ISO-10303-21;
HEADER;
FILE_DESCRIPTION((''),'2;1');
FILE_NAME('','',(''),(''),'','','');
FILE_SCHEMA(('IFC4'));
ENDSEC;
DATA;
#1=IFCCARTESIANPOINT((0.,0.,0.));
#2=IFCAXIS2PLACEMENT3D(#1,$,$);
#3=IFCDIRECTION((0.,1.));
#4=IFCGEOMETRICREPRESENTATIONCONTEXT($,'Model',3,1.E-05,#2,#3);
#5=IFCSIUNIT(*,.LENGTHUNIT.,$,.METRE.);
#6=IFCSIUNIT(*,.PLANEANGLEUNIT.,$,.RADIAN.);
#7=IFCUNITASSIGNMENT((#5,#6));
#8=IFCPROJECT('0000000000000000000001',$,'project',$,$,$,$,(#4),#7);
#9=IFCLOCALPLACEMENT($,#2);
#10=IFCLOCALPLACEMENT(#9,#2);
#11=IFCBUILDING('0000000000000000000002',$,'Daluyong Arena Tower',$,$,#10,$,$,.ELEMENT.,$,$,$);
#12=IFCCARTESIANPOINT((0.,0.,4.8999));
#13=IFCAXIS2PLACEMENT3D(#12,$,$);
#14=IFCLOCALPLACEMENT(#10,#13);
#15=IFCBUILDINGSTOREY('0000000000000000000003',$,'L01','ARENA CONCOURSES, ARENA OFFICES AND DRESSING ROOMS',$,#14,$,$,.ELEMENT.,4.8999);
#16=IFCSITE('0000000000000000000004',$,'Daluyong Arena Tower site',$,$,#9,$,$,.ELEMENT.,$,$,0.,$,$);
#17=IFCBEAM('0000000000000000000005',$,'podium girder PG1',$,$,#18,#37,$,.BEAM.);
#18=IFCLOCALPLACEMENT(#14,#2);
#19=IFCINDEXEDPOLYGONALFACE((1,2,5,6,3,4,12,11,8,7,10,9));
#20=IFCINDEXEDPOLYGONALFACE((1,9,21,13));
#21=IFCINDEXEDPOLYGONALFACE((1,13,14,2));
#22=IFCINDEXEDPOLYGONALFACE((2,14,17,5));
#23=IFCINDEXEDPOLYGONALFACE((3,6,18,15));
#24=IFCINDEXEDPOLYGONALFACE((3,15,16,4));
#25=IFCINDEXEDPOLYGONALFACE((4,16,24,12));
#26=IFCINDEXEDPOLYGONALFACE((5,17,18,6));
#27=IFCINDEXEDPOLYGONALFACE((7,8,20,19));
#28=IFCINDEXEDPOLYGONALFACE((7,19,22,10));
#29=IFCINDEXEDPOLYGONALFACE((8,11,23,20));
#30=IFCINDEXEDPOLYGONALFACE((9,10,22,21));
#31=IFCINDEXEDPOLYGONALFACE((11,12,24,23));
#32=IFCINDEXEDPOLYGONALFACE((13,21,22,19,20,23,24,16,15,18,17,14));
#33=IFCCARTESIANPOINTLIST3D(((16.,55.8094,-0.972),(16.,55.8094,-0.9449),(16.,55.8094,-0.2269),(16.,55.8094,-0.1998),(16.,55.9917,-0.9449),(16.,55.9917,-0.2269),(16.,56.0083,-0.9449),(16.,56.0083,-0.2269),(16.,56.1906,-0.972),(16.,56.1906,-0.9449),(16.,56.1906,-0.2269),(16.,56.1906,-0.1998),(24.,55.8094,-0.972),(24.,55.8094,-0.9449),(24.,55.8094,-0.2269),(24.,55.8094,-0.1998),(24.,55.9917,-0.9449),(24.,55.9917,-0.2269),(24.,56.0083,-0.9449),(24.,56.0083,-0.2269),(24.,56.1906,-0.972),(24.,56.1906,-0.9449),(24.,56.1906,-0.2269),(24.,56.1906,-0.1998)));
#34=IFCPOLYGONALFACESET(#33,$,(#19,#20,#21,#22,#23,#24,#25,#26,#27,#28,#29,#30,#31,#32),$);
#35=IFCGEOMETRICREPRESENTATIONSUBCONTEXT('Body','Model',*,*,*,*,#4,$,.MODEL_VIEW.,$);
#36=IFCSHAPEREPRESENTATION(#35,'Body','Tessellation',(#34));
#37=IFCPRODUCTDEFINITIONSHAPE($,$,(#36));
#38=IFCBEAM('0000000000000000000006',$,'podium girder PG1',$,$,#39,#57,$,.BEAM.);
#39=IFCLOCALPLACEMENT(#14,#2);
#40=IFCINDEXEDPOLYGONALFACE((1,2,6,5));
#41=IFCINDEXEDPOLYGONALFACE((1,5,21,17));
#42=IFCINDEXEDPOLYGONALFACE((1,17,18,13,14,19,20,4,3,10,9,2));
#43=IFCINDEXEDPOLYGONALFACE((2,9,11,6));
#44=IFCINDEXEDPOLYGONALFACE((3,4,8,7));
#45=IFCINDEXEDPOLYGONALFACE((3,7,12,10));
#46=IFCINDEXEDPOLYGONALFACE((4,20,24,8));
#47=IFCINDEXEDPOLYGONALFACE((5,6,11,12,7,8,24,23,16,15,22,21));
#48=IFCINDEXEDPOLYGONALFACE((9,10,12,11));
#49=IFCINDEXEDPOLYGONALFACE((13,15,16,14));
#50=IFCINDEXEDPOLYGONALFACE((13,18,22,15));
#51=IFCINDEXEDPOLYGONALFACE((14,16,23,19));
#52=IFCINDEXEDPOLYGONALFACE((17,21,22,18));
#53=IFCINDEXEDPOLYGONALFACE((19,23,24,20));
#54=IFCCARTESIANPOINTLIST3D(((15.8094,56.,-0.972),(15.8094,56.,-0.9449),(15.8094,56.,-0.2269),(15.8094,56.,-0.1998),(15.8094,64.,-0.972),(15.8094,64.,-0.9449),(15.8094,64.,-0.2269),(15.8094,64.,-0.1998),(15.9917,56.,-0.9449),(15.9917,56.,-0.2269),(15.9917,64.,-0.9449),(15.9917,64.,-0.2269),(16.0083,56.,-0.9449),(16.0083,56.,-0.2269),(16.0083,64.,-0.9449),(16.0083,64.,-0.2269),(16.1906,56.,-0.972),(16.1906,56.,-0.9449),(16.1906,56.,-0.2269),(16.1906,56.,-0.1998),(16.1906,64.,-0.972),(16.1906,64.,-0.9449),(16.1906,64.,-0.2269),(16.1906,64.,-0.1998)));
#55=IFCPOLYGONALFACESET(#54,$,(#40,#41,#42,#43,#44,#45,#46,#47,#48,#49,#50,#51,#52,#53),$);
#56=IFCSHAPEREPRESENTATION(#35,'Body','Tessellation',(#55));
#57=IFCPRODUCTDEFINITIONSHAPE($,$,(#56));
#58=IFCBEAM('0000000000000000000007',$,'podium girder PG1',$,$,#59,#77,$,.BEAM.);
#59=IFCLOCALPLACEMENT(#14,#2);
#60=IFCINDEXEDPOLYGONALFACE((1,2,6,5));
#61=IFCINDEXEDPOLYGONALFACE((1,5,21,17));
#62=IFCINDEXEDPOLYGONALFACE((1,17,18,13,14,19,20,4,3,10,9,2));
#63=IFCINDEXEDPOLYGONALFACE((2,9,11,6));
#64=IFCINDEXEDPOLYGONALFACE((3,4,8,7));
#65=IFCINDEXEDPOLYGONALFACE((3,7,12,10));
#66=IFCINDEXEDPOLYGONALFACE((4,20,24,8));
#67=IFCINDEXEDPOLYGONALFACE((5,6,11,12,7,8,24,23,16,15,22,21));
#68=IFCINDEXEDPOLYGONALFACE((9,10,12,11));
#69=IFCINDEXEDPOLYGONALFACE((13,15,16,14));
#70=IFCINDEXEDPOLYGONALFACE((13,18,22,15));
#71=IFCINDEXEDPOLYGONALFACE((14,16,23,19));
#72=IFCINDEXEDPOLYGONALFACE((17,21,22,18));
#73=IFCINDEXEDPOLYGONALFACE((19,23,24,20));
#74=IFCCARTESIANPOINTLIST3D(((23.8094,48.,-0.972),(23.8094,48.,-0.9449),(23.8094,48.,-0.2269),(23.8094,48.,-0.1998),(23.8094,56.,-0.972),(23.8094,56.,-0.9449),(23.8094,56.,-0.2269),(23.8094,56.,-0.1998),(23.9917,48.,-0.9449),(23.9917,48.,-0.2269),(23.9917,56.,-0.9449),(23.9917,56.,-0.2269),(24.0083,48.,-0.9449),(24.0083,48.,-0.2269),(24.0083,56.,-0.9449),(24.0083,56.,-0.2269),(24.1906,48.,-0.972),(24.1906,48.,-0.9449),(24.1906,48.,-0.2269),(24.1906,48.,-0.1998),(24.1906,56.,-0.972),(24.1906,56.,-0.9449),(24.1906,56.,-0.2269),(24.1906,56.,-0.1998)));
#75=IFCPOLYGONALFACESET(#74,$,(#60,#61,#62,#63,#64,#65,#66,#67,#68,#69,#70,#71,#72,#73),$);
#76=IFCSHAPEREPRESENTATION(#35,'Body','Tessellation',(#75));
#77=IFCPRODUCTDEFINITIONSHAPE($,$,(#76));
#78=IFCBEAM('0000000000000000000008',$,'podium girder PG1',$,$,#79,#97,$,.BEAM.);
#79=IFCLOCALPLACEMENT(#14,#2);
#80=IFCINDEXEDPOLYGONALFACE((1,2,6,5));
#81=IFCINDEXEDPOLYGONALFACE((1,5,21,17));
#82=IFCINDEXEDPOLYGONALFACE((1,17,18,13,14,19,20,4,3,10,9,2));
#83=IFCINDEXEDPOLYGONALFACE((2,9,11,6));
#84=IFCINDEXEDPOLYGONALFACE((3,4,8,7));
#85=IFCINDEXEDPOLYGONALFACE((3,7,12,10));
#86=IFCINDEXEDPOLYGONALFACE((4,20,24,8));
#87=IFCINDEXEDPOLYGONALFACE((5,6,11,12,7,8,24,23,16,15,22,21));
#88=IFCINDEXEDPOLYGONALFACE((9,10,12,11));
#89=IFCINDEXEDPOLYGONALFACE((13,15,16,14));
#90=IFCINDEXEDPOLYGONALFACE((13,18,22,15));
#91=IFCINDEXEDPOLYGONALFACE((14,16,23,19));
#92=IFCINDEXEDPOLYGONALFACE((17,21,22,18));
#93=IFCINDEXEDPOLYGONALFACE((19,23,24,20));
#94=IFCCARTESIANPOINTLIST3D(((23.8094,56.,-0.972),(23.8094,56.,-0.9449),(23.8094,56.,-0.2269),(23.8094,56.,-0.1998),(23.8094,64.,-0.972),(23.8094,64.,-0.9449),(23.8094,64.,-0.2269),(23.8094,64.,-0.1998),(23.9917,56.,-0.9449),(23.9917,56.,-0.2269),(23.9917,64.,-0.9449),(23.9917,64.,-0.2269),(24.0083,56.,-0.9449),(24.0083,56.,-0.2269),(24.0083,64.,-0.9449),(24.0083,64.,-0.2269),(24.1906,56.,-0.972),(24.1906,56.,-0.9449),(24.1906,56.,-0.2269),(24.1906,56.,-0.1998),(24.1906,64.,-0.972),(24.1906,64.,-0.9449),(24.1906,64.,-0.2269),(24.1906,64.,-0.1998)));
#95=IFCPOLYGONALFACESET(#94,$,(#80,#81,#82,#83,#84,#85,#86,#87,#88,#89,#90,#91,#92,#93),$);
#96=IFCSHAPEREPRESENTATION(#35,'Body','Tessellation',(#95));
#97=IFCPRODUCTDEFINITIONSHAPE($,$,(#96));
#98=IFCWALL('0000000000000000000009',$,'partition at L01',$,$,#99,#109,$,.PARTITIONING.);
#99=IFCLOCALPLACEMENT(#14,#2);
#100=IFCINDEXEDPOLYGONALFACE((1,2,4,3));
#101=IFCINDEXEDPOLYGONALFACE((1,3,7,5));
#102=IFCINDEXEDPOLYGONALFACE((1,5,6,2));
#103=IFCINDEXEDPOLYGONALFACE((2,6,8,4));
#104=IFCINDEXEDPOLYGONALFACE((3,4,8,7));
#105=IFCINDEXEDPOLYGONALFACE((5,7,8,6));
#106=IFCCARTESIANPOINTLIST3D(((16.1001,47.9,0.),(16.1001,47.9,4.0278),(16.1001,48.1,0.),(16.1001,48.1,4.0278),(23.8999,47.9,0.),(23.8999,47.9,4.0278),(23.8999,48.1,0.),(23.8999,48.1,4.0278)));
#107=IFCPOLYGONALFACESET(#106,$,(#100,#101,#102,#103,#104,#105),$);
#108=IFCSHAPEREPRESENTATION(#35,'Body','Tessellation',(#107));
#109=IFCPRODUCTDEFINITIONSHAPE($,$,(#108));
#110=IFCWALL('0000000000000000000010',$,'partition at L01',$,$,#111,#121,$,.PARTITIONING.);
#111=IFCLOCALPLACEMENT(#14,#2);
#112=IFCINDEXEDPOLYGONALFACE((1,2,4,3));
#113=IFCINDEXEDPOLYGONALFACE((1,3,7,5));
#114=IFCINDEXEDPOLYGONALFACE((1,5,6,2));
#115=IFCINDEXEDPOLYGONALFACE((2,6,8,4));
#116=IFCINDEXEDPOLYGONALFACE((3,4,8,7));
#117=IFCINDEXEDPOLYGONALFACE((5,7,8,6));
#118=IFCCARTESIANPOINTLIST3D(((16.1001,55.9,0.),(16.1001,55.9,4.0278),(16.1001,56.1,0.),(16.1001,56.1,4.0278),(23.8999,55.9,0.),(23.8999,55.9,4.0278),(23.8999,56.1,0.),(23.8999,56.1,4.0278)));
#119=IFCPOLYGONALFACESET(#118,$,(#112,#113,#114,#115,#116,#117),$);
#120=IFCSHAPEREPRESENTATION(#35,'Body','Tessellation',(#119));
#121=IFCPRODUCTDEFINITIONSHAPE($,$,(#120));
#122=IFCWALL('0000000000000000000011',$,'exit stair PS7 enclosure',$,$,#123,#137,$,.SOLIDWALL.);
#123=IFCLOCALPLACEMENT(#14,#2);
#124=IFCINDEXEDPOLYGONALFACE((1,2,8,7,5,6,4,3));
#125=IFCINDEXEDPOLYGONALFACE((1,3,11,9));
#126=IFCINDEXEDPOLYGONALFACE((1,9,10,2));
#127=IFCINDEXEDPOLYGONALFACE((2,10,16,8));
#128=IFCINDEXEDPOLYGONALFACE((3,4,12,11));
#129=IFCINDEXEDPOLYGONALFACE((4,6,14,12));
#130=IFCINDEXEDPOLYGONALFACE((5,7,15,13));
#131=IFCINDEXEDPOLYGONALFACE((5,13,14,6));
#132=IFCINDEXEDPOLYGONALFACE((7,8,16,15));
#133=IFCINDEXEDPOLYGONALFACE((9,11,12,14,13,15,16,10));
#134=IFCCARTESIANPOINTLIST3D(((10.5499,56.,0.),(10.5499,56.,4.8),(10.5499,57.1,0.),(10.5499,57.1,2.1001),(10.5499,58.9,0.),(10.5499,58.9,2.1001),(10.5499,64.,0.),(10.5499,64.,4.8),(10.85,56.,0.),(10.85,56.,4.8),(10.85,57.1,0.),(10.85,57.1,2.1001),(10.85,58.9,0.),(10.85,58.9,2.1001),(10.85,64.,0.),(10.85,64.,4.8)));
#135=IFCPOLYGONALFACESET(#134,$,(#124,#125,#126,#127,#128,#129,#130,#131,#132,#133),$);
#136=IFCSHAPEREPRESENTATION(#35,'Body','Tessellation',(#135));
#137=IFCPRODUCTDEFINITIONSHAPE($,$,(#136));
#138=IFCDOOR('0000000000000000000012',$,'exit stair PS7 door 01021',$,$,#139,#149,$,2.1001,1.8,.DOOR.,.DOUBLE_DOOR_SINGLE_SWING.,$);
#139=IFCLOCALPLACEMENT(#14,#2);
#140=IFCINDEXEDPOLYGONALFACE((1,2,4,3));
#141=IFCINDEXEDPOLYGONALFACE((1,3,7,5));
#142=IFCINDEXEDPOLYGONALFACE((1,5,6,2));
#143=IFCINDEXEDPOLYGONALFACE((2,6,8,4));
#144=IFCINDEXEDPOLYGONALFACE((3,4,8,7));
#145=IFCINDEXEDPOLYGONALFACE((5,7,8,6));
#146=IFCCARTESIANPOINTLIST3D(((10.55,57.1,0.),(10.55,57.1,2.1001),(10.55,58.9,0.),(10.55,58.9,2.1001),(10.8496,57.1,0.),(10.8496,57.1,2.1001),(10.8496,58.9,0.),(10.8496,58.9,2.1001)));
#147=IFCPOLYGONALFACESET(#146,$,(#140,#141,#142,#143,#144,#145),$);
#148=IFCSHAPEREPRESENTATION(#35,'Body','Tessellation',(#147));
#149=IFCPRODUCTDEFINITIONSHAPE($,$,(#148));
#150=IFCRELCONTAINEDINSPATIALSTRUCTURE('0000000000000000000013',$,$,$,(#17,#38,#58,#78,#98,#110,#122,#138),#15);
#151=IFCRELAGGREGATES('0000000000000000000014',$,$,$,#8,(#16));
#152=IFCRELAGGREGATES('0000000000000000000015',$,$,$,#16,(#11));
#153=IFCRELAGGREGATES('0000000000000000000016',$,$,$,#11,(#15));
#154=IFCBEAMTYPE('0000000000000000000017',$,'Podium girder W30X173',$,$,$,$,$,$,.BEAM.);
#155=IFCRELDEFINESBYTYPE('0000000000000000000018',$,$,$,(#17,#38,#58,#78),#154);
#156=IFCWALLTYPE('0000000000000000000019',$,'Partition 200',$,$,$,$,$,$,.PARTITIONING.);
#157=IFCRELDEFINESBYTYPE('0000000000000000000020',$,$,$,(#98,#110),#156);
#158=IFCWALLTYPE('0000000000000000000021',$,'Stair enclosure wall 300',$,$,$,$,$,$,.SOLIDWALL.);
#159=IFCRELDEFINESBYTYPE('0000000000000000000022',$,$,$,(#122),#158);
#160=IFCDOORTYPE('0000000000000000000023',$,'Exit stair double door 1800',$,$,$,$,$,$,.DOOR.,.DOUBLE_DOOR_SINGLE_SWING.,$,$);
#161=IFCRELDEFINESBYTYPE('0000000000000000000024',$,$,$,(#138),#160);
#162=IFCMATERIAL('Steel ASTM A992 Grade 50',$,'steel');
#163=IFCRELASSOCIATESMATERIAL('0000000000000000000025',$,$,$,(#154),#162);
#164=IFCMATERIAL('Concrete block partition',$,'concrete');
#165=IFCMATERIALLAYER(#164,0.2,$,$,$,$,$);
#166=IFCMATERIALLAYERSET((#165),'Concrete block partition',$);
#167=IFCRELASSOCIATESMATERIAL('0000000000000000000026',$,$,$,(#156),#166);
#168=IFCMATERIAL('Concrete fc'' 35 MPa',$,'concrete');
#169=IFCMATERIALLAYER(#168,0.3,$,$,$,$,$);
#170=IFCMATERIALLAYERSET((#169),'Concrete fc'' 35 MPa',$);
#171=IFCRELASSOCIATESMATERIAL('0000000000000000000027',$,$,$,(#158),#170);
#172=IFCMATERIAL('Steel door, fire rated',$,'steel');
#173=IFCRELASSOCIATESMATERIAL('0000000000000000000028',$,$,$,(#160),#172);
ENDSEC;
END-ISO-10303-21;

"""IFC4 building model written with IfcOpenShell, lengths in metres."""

from ifc_helpers import new_model, si_unit, direction, frame, frame_2d, origin, origin_2d, place, context, subcontext, project, spatial, rectangle, i_section, extrude, material, layer, layer_set, material_profile, profile_set, type_object, element, fill, save


model = new_model("IFC4")

# Units and contexts
model_context = context("Model", 3, precision=1e-05, world=origin(), true_north=direction((0.0, 1.0)))
body_context = subcontext(model_context, "Body", "Model", "MODEL_VIEW")
ifc_project = project(units=[si_unit("LENGTHUNIT", "METRE"), si_unit("PLANEANGLEUNIT", "RADIAN")], contexts=[model_context])

# Site, building, storey
site_placement = place(None, origin())
site = spatial("IfcSite", under=ifc_project, at=site_placement, Name="Daluyong Arena Tower site", CompositionType="ELEMENT", RefElevation=0.0)
building_placement = place(site_placement, origin())
building = spatial("IfcBuilding", under=site, at=building_placement, Name="Daluyong Arena Tower", CompositionType="ELEMENT")
storey_placement = place(building_placement, frame((0.0, 0.0, 4.8999)))
storey = spatial("IfcBuildingStorey", under=building, at=storey_placement, Name="L01", Description="ARENA CONCOURSES, ARENA OFFICES AND DRESSING ROOMS", CompositionType="ELEMENT", Elevation=4.8999)

# Beams
ifc_material_1 = material(Name="Steel ASTM A992 Grade 50", Category="steel")
ifc_material_profile_1 = material_profile(ifc_material_1, i_section(OverallWidth=0.3811, OverallDepth=0.7722, WebThickness=0.0166, FlangeThickness=0.0271, at=origin_2d()))
ifc_profile_set_1 = profile_set([ifc_material_profile_1], Name="Steel ASTM A992 Grade 50")
beam_type_1 = type_object("IfcBeamType", Name="Podium girder W30X173", PredefinedType="BEAM", material=ifc_profile_set_1)
for number, where, z_axis, x_axis, name in (
    (1, (16.0, 56.0, -0.5859), (1.0, 0.0, 0.0), (0.0, 1.0, 0.0), "podium girder PG1"),
    (2, (16.0, 56.0, -0.5859), (0.0, 1.0, 0.0), (-1.0, 0.0, 0.0), "podium girder PG1"),
    (3, (24.0, 48.0, -0.5859), (0.0, 1.0, 0.0), (-1.0, 0.0, 0.0), "podium girder PG1"),
    (4, (24.0, 56.0, -0.5859), (0.0, 1.0, 0.0), (-1.0, 0.0, 0.0), "podium girder PG1"),
):
    element("IfcBeam", number, at=place(storey_placement, frame(where, z_axis=z_axis, x_axis=x_axis)), inside=storey, type_object=beam_type_1, Name=name, PredefinedType="BEAM", context=body_context, shape_type="SweptSolid", body=[
        extrude(i_section(OverallWidth=0.3811, OverallDepth=0.7722, WebThickness=0.0166, FlangeThickness=0.0271, at=origin_2d()), origin(), (0.0, 0.0, 1.0), 8.0),
    ])

# Walls
ifc_material_2 = material(Name="Concrete block partition", Category="concrete")
ifc_layer_1 = layer(ifc_material_2, 0.2)
ifc_layer_set_1 = layer_set([ifc_layer_1], Name="Concrete block partition")
wall_type_1 = type_object("IfcWallType", Name="Partition 200", PredefinedType="PARTITIONING", material=ifc_layer_set_1)
for number, where, z_axis, x_axis, name in (
    (5, (16.1001, 48.0, 0.0), (0.0, 0.0, 1.0), (1.0, 0.0, 0.0), "partition at L01"),
    (6, (16.1001, 56.0, 0.0), (0.0, 0.0, 1.0), (1.0, 0.0, 0.0), "partition at L01"),
):
    element("IfcWall", number, at=place(storey_placement, frame(where, z_axis=z_axis, x_axis=x_axis)), inside=storey, type_object=wall_type_1, Name=name, PredefinedType="PARTITIONING", context=body_context, shape_type="SweptSolid", body=[
        extrude(rectangle(XDim=7.7998, YDim=0.2, at=frame_2d((3.8999, 0.0))), origin(), (0.0, 0.0, 1.0), 4.0278),
    ])

# Wall, opening, door
ifc_material_3 = material(Name="Concrete fc' 35 MPa", Category="concrete")
ifc_layer_2 = layer(ifc_material_3, 0.3)
ifc_layer_set_2 = layer_set([ifc_layer_2], Name="Concrete fc' 35 MPa")
wall_type_2 = type_object("IfcWallType", Name="Stair enclosure wall 300", PredefinedType="SOLIDWALL", material=ifc_layer_set_2)
wall_placement = place(storey_placement, frame((10.7, 56.0, 0.0), z_axis=(0.0, 0.0, 1.0), x_axis=(0.0, 1.0, 0.0)))
wall = element("IfcWall", 7, at=wall_placement, inside=storey, type_object=wall_type_2, Name="exit stair PS7 enclosure", PredefinedType="SOLIDWALL", context=body_context, shape_type="SweptSolid", body=[
    extrude(rectangle(XDim=8.0, YDim=0.3, at=frame_2d((4.0, 0.0))), origin(), (0.0, 0.0, 1.0), 4.8),
])
opening_placement = place(wall_placement, frame((1.1001, 0.0, 0.0)))
opening = element("IfcOpeningElement", 8, at=opening_placement, cuts=wall, PredefinedType="OPENING", context=body_context, shape_type="SweptSolid", body=[
    extrude(rectangle(XDim=1.8, YDim=2.1001, at=frame_2d((0.8999, 1.05))), frame((0.0, 0.1599, 0.0), z_axis=(0.0, -1.0, 0.0), x_axis=(1.0, 0.0, 0.0)), (0.0, 0.0, 1.0), 0.3201),
])
ifc_material_4 = material(Name="Steel door, fire rated", Category="steel")
door_type = type_object("IfcDoorType", Name="Exit stair double door 1800", OperationType="DOUBLE_DOOR_SINGLE_SWING", PredefinedType="DOOR", material=ifc_material_4)
door_placement = place(opening_placement, origin())
door = element("IfcDoor", 9, at=door_placement, inside=storey, type_object=door_type, Name="exit stair PS7 door 01021", OperationType="DOUBLE_DOOR_SINGLE_SWING", OverallHeight=2.1001, OverallWidth=1.8, PredefinedType="DOOR", context=body_context, shape_type="SweptSolid", body=[
    extrude(rectangle(XDim=1.8, YDim=2.1001, at=frame_2d((0.8999, 1.05))), frame((0.0, 0.1499, 0.0), z_axis=(0.0, -1.0, 0.0), x_axis=(1.0, 0.0, 0.0)), (0.0, 0.0, 1.0), 0.2996),
])
fill(opening, door)

save(model, "model.ifc")
